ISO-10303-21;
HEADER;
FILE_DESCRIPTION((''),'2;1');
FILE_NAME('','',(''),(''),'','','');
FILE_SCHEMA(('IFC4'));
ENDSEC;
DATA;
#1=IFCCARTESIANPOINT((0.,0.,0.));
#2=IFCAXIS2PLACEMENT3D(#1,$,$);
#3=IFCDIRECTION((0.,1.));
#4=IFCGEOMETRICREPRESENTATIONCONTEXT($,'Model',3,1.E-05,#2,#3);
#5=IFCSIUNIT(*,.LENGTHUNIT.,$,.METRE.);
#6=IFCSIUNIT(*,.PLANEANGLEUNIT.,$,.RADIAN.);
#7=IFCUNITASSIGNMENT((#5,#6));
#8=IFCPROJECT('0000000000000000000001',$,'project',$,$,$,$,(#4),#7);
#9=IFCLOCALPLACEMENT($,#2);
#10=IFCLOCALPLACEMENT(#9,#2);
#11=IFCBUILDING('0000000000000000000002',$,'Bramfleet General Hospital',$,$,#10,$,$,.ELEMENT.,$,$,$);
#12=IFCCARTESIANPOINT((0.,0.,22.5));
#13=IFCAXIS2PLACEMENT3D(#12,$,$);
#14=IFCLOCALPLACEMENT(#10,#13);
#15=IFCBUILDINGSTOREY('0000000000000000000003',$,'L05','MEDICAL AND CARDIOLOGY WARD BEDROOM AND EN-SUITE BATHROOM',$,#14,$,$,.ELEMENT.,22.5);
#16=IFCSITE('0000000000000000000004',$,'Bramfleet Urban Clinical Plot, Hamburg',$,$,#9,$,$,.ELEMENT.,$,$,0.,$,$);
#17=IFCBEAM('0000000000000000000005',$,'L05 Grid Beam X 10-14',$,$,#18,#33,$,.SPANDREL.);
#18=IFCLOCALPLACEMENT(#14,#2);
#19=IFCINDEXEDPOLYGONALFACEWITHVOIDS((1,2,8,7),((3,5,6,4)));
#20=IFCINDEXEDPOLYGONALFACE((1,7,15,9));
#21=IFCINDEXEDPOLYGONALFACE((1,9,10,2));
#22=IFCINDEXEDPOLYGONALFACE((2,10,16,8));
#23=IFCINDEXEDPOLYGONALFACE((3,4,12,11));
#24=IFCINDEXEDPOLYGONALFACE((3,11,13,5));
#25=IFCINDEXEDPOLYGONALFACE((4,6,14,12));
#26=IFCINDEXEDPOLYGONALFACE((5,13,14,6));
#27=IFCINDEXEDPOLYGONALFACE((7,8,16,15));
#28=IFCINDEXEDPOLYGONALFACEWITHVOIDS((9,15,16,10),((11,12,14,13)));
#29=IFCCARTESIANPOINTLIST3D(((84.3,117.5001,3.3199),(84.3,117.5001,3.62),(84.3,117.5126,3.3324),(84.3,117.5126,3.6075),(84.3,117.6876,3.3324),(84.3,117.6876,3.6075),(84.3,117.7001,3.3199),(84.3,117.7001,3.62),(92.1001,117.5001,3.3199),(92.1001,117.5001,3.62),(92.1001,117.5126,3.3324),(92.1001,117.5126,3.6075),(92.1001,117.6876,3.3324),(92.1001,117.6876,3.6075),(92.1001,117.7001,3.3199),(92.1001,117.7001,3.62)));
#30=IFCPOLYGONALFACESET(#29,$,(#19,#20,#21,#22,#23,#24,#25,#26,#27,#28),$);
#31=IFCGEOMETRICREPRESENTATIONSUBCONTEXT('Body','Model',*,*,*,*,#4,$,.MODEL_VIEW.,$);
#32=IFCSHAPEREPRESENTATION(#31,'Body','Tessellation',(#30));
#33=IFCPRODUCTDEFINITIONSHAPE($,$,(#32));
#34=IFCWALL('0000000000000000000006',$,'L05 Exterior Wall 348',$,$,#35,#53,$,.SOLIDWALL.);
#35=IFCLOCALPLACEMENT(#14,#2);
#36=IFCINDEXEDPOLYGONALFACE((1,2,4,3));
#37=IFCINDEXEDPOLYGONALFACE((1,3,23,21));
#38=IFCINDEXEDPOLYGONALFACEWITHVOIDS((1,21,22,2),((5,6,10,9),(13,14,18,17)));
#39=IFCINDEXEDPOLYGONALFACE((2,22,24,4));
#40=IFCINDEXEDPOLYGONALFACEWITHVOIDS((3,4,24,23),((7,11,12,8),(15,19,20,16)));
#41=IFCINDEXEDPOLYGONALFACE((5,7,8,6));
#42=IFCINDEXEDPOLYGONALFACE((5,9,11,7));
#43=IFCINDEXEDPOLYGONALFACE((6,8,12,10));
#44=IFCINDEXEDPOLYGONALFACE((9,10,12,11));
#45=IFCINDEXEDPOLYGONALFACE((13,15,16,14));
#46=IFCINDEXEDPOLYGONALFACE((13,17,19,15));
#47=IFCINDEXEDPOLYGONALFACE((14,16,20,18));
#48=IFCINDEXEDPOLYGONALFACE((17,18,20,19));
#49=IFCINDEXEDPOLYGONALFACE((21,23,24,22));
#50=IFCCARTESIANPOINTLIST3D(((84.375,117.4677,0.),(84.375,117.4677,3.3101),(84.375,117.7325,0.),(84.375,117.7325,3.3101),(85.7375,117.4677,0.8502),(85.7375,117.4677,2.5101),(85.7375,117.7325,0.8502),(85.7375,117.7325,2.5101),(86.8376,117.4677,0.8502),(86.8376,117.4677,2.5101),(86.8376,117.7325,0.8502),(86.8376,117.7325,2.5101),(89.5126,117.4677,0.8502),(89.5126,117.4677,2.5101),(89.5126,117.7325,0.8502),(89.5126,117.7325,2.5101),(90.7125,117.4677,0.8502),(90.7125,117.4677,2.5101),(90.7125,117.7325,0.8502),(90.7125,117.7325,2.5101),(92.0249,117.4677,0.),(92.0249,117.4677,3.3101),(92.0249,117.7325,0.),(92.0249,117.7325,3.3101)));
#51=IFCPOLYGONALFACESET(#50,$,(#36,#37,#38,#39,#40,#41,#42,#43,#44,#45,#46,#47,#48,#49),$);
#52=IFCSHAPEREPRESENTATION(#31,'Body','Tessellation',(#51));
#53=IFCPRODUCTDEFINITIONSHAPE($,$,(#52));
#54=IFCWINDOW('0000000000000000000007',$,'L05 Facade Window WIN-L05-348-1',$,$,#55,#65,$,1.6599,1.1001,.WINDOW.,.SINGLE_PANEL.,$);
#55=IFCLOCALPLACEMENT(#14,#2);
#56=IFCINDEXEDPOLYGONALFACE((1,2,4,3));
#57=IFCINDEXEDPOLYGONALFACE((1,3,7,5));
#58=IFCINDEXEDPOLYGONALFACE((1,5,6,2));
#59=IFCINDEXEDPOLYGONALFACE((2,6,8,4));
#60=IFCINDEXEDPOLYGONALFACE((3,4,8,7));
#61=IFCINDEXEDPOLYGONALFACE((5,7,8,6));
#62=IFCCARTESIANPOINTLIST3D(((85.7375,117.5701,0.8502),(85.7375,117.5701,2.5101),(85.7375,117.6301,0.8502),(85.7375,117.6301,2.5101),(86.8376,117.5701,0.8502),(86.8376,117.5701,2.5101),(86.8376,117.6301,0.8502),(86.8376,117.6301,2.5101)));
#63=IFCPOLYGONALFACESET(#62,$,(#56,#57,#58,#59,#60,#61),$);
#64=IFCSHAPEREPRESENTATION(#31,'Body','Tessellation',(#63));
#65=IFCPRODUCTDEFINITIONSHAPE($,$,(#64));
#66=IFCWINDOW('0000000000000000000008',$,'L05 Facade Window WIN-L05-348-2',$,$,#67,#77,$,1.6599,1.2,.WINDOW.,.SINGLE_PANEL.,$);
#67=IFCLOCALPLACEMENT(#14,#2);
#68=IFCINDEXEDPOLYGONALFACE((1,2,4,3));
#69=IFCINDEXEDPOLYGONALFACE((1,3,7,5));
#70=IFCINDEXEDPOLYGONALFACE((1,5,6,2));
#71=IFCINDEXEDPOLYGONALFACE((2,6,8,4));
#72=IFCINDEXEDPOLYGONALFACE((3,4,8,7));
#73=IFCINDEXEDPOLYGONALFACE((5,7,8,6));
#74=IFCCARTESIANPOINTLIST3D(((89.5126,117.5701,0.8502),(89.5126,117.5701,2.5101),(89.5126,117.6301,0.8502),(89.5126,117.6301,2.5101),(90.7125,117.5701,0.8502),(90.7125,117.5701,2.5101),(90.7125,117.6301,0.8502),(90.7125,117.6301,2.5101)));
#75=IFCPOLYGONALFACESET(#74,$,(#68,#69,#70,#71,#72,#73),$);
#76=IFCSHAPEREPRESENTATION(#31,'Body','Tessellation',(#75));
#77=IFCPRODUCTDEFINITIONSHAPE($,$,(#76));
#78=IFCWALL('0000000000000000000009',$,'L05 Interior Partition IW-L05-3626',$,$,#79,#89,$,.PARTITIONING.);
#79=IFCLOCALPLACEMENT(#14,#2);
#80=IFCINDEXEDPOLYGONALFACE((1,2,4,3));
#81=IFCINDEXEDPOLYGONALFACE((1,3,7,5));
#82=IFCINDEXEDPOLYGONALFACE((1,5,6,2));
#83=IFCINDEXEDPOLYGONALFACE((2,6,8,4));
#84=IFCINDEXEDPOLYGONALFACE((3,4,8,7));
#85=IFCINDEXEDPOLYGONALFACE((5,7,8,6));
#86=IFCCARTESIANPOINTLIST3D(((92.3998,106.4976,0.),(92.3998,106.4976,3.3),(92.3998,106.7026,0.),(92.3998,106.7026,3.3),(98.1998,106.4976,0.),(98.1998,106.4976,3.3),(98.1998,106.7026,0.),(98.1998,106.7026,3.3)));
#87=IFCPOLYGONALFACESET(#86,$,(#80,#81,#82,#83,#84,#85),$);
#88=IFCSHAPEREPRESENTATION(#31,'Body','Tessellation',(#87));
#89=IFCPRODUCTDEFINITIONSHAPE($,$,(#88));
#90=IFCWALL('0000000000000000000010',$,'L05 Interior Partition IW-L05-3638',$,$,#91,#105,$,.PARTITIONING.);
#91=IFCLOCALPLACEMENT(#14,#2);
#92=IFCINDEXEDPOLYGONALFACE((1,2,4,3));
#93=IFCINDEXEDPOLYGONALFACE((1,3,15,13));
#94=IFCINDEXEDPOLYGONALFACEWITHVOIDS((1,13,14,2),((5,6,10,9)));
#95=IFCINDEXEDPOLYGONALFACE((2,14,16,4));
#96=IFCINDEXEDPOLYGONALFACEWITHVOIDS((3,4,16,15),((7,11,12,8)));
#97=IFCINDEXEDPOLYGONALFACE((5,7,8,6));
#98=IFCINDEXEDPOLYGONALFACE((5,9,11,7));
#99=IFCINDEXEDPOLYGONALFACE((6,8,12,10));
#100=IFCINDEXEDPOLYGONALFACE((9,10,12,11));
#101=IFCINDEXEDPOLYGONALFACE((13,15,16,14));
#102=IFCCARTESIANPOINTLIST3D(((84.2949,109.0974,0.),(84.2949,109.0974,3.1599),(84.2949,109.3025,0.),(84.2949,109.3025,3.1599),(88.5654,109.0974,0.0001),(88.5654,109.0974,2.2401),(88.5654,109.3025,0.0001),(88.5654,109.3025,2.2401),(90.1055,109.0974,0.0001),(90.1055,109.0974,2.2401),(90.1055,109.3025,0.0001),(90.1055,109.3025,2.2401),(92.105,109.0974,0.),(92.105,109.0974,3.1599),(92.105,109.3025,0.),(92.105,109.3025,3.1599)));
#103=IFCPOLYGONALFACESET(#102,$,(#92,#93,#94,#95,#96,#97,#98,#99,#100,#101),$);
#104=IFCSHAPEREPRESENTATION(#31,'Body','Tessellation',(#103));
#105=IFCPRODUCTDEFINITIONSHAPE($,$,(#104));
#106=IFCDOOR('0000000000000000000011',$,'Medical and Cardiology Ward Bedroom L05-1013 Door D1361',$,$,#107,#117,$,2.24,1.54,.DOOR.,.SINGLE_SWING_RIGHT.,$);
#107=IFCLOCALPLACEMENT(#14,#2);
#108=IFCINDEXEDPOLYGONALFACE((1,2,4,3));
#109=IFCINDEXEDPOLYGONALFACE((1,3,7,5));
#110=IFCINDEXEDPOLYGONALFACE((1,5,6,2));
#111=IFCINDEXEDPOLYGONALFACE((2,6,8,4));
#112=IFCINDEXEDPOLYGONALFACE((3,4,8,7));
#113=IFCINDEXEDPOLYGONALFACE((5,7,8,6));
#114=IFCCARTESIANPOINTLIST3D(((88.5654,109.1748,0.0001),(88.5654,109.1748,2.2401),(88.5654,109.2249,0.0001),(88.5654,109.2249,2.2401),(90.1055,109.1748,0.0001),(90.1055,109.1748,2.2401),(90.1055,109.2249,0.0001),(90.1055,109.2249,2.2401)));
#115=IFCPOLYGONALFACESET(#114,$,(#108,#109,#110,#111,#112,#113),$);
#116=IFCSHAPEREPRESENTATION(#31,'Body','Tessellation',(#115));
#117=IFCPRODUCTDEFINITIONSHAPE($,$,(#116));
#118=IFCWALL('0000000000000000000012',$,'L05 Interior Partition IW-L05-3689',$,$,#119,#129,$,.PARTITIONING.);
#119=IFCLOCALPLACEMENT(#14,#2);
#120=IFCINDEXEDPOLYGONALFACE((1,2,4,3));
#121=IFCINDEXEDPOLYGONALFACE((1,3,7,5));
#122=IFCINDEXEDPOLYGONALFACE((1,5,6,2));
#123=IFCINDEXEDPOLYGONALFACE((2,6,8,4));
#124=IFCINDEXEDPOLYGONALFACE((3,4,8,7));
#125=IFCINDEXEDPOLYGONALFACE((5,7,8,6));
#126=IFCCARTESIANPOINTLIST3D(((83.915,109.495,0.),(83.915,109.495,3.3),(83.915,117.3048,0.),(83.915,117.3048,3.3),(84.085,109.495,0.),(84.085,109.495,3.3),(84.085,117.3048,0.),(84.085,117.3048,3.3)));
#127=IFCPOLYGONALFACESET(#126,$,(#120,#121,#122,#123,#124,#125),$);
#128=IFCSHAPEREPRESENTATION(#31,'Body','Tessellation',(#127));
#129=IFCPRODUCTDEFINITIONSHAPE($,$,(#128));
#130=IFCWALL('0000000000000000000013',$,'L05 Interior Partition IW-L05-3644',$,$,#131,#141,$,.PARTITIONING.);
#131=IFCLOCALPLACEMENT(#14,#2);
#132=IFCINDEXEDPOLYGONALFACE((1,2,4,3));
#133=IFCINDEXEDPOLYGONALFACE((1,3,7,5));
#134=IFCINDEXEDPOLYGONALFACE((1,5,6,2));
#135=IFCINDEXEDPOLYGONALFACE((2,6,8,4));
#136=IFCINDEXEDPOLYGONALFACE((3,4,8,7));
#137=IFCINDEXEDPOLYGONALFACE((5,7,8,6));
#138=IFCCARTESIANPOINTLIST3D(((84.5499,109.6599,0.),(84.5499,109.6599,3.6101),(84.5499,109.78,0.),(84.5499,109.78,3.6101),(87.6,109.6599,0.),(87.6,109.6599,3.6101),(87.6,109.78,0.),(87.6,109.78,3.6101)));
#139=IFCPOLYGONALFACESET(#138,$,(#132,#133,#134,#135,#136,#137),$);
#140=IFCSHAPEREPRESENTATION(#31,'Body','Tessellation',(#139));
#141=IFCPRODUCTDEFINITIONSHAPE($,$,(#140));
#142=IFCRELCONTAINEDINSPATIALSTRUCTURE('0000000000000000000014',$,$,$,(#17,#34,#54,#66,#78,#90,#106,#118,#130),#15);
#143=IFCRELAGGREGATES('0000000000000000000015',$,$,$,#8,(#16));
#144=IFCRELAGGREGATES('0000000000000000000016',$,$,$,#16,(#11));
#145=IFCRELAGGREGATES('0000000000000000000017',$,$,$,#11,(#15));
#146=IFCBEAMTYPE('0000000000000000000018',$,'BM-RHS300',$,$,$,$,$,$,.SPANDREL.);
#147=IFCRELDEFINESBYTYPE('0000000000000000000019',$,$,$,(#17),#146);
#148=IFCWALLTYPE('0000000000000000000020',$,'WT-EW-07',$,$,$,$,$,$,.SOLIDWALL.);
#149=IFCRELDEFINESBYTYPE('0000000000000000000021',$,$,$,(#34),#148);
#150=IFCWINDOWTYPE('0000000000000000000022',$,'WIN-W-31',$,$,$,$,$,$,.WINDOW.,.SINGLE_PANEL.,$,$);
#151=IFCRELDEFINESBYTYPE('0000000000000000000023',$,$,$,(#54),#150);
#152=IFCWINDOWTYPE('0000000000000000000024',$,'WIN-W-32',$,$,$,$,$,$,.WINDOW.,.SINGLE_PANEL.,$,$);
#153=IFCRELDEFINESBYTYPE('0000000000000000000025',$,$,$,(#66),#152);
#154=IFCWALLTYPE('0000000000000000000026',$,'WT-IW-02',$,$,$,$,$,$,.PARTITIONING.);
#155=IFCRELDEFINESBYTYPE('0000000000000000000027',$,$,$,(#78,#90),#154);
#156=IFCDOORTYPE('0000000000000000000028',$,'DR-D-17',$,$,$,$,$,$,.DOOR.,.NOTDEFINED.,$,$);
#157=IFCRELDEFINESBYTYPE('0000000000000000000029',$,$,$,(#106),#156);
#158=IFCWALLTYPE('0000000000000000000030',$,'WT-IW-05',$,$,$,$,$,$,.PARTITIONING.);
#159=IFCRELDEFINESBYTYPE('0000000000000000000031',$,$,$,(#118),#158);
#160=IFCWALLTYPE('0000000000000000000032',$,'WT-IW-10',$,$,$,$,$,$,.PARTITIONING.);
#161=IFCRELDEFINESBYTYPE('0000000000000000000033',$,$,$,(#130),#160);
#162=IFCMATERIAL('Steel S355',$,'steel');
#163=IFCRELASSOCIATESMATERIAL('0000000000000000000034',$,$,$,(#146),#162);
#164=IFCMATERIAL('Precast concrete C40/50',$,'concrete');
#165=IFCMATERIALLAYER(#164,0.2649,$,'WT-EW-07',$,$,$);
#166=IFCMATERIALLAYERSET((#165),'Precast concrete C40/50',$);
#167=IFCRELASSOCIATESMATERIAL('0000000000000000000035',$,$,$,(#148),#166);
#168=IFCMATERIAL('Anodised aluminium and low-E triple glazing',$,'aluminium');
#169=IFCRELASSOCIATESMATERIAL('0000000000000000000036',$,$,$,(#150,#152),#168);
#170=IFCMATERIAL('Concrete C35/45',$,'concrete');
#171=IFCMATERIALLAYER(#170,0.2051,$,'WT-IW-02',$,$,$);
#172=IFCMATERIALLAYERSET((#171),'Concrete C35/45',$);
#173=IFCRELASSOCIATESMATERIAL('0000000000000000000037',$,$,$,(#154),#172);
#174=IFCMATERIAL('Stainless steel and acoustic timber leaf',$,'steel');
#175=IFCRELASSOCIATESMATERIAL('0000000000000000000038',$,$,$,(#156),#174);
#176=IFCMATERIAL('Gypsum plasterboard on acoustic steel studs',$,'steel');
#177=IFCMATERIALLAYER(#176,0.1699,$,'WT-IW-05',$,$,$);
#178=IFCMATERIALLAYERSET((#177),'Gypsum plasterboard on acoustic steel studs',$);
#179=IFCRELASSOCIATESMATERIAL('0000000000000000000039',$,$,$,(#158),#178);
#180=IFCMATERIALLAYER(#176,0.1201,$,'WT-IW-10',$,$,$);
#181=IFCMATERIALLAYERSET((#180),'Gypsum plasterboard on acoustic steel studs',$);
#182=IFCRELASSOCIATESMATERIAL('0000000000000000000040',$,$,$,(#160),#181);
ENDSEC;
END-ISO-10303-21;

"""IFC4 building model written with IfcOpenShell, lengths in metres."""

from ifc_helpers import new_model, si_unit, direction, frame, frame_2d, origin, origin_2d, place, context, subcontext, project, spatial, rectangle, hollow_rectangle, extrude, material, layer, layer_set, material_profile, profile_set, type_object, element, fill, save


model = new_model("IFC4")

# Units and contexts
model_context = context("Model", 3, precision=1e-05, world=origin(), true_north=direction((0.0, 1.0)))
body_context = subcontext(model_context, "Body", "Model", "MODEL_VIEW")
ifc_project = project(units=[si_unit("LENGTHUNIT", "METRE"), si_unit("PLANEANGLEUNIT", "RADIAN")], contexts=[model_context])

# Site, building, storey
site_placement = place(None, origin())
site = spatial("IfcSite", under=ifc_project, at=site_placement, Name="Bramfleet Urban Clinical Plot, Hamburg", CompositionType="ELEMENT", RefElevation=0.0)
building_placement = place(site_placement, origin())
building = spatial("IfcBuilding", under=site, at=building_placement, Name="Bramfleet General Hospital", CompositionType="ELEMENT")
storey_placement = place(building_placement, frame((0.0, 0.0, 22.5)))
storey = spatial("IfcBuildingStorey", under=building, at=storey_placement, Name="L05", Description="MEDICAL AND CARDIOLOGY WARD BEDROOM AND EN-SUITE BATHROOM", CompositionType="ELEMENT", Elevation=22.5)

# Beam
ifc_material_1 = material(Name="Steel S355", Category="steel")
ifc_material_profile_1 = material_profile(ifc_material_1, hollow_rectangle(XDim=0.2, YDim=0.3, WallThickness=0.0125, at=origin_2d()), Name="RHS 300x200x12.5")
ifc_profile_set_1 = profile_set([ifc_material_profile_1], Name="Steel S355")
beam_type_1 = type_object("IfcBeamType", Name="BM-RHS300", PredefinedType="SPANDREL", material=ifc_profile_set_1)
beam_1_placement = place(storey_placement, frame((84.3, 117.6001, 3.47), z_axis=(1.0, 0.0, 0.0), x_axis=(0.0, 1.0, 0.0)))
element("IfcBeam", 1, at=beam_1_placement, inside=storey, type_object=beam_type_1, Name="L05 Grid Beam X 10-14", PredefinedType="SPANDREL", context=body_context, shape_type="SweptSolid", body=[
    extrude(hollow_rectangle(XDim=0.2, YDim=0.3, WallThickness=0.0125, at=origin_2d()), origin(), (0.0, 0.0, 1.0), 7.8),
])

# Wall, openings, windows
ifc_material_2 = material(Name="Precast concrete C40/50", Category="concrete")
ifc_layer_1 = layer(ifc_material_2, 0.2649, Name="WT-EW-07")
ifc_layer_set_1 = layer_set([ifc_layer_1], Name="Precast concrete C40/50")
wall_type_1 = type_object("IfcWallType", Name="WT-EW-07", PredefinedType="SOLIDWALL", material=ifc_layer_set_1)
wall_1_placement = place(storey_placement, frame((84.375, 117.6001, 0.0), z_axis=(0.0, 0.0, 1.0), x_axis=(1.0, 0.0, 0.0)))
wall_1 = element("IfcWall", 2, at=wall_1_placement, inside=storey, type_object=wall_type_1, Name="L05 Exterior Wall 348", PredefinedType="SOLIDWALL", context=body_context, shape_type="SweptSolid", body=[
    extrude(rectangle(XDim=7.6499, YDim=0.2649, at=frame_2d((3.825, 0.0))), origin(), (0.0, 0.0, 1.0), 3.3101),
])
opening_1_placement = place(wall_1_placement, frame((1.3625, 0.0, 0.8501)))
opening_1 = element("IfcOpeningElement", 3, at=opening_1_placement, cuts=wall_1, PredefinedType="OPENING", context=body_context, shape_type="SweptSolid", body=[
    extrude(rectangle(XDim=1.1001, YDim=1.6599, at=frame_2d((0.55, 0.8301))), frame((0.0, 0.1423, 0.0), z_axis=(0.0, -1.0, 0.0), x_axis=(1.0, 0.0, 0.0)), (0.0, 0.0, 1.0), 0.2849),
])
opening_2_placement = place(wall_1_placement, frame((5.1375, 0.0, 0.8501)))
opening_2 = element("IfcOpeningElement", 4, at=opening_2_placement, cuts=wall_1, PredefinedType="OPENING", context=body_context, shape_type="SweptSolid", body=[
    extrude(rectangle(XDim=1.2, YDim=1.6599, at=frame_2d((0.6001, 0.8301))), frame((0.0, 0.1423, 0.0), z_axis=(0.0, -1.0, 0.0), x_axis=(1.0, 0.0, 0.0)), (0.0, 0.0, 1.0), 0.2849),
])
ifc_material_3 = material(Name="Anodised aluminium and low-E triple glazing", Category="aluminium")
window_type_1 = type_object("IfcWindowType", Name="WIN-W-31", PartitioningType="SINGLE_PANEL", PredefinedType="WINDOW", material=ifc_material_3)
window_1_placement = place(opening_1_placement, origin())
window_1 = element("IfcWindow", 5, at=window_1_placement, inside=storey, type_object=window_type_1, Name="L05 Facade Window WIN-L05-348-1", OverallHeight=1.6599, OverallWidth=1.1001, PartitioningType="SINGLE_PANEL", PredefinedType="WINDOW", context=body_context, shape_type="SweptSolid", body=[
    extrude(rectangle(XDim=1.1001, YDim=1.6599, at=frame_2d((0.55, 0.8301))), frame((0.0, 0.03, 0.0), z_axis=(0.0, -1.0, 0.0), x_axis=(1.0, 0.0, 0.0)), (0.0, 0.0, 1.0), 0.0601),
])
fill(opening_1, window_1)
window_type_2 = type_object("IfcWindowType", Name="WIN-W-32", PartitioningType="SINGLE_PANEL", PredefinedType="WINDOW", material=ifc_material_3)
window_2_placement = place(opening_2_placement, origin())
window_2 = element("IfcWindow", 6, at=window_2_placement, inside=storey, type_object=window_type_2, Name="L05 Facade Window WIN-L05-348-2", OverallHeight=1.6599, OverallWidth=1.2, PartitioningType="SINGLE_PANEL", PredefinedType="WINDOW", context=body_context, shape_type="SweptSolid", body=[
    extrude(rectangle(XDim=1.2, YDim=1.6599, at=frame_2d((0.6001, 0.8301))), frame((0.0, 0.03, 0.0), z_axis=(0.0, -1.0, 0.0), x_axis=(1.0, 0.0, 0.0)), (0.0, 0.0, 1.0), 0.0601),
])
fill(opening_2, window_2)

# Wall
ifc_material_4 = material(Name="Concrete C35/45", Category="concrete")
ifc_layer_2 = layer(ifc_material_4, 0.2051, Name="WT-IW-02")
ifc_layer_set_2 = layer_set([ifc_layer_2], Name="Concrete C35/45")
wall_type_2 = type_object("IfcWallType", Name="WT-IW-02", PredefinedType="PARTITIONING", material=ifc_layer_set_2)
wall_2_placement = place(storey_placement, frame((92.3999, 106.6001, 0.0), z_axis=(0.0, 0.0, 1.0), x_axis=(1.0, 0.0, 0.0)))
element("IfcWall", 7, at=wall_2_placement, inside=storey, type_object=wall_type_2, Name="L05 Interior Partition IW-L05-3626", PredefinedType="PARTITIONING", context=body_context, shape_type="SweptSolid", body=[
    extrude(rectangle(XDim=5.8, YDim=0.2051, at=frame_2d((2.8999, 0.0))), origin(), (0.0, 0.0, 1.0), 3.3),
])

# Wall, opening, door
wall_3_placement = place(storey_placement, frame((84.2949, 109.2, 0.0), z_axis=(0.0, 0.0, 1.0), x_axis=(1.0, 0.0, 0.0)))
wall_3 = element("IfcWall", 8, at=wall_3_placement, inside=storey, type_object=wall_type_2, Name="L05 Interior Partition IW-L05-3638", PredefinedType="PARTITIONING", context=body_context, shape_type="SweptSolid", body=[
    extrude(rectangle(XDim=7.8101, YDim=0.2051, at=frame_2d((3.905, 0.0))), origin(), (0.0, 0.0, 1.0), 3.1599),
])
opening_3_placement = place(wall_3_placement, frame((4.2705, 0.0, 0.0)))
opening_3 = element("IfcOpeningElement", 9, at=opening_3_placement, cuts=wall_3, PredefinedType="OPENING", context=body_context, shape_type="SweptSolid", body=[
    extrude(rectangle(XDim=1.54, YDim=2.24, at=frame_2d((0.77, 1.1201))), frame((0.0, 0.1125, 0.0), z_axis=(0.0, -1.0, 0.0), x_axis=(1.0, 0.0, 0.0)), (0.0, 0.0, 1.0), 0.2251),
])
ifc_material_5 = material(Name="Stainless steel and acoustic timber leaf", Category="steel")
door_type_1 = type_object("IfcDoorType", Name="DR-D-17", OperationType="NOTDEFINED", PredefinedType="DOOR", material=ifc_material_5)
door_1_placement = place(opening_3_placement, origin())
door_1 = element("IfcDoor", 10, at=door_1_placement, inside=storey, type_object=door_type_1, Name="Medical and Cardiology Ward Bedroom L05-1013 Door D1361", OperationType="SINGLE_SWING_RIGHT", OverallHeight=2.24, OverallWidth=1.54, PredefinedType="DOOR", context=body_context, shape_type="SweptSolid", body=[
    extrude(rectangle(XDim=1.54, YDim=2.24, at=frame_2d((0.77, 1.1201))), frame((0.0, 0.0249, 0.0), z_axis=(0.0, -1.0, 0.0), x_axis=(1.0, 0.0, 0.0)), (0.0, 0.0, 1.0), 0.05),
])
fill(opening_3, door_1)

# Walls
ifc_material_6 = material(Name="Gypsum plasterboard on acoustic steel studs", Category="steel")
ifc_layer_3 = layer(ifc_material_6, 0.1699, Name="WT-IW-05")
ifc_layer_set_3 = layer_set([ifc_layer_3], Name="Gypsum plasterboard on acoustic steel studs")
wall_type_3 = type_object("IfcWallType", Name="WT-IW-05", PredefinedType="PARTITIONING", material=ifc_layer_set_3)
wall_4_placement = place(storey_placement, frame((84.0, 109.4951, 0.0), z_axis=(0.0, 0.0, 1.0), x_axis=(0.0, 1.0, 0.0)))
element("IfcWall", 11, at=wall_4_placement, inside=storey, type_object=wall_type_3, Name="L05 Interior Partition IW-L05-3689", PredefinedType="PARTITIONING", context=body_context, shape_type="SweptSolid", body=[
    extrude(rectangle(XDim=7.8098, YDim=0.1699, at=frame_2d((3.9048, 0.0))), origin(), (0.0, 0.0, 1.0), 3.3),
])
ifc_layer_4 = layer(ifc_material_6, 0.1201, Name="WT-IW-10")
ifc_layer_set_4 = layer_set([ifc_layer_4], Name="Gypsum plasterboard on acoustic steel studs")
wall_type_4 = type_object("IfcWallType", Name="WT-IW-10", PredefinedType="PARTITIONING", material=ifc_layer_set_4)
wall_5_placement = place(storey_placement, frame((84.55, 109.72, 0.0), z_axis=(0.0, 0.0, 1.0), x_axis=(1.0, 0.0, 0.0)))
element("IfcWall", 12, at=wall_5_placement, inside=storey, type_object=wall_type_4, Name="L05 Interior Partition IW-L05-3644", PredefinedType="PARTITIONING", context=body_context, shape_type="SweptSolid", body=[
    extrude(rectangle(XDim=3.05, YDim=0.1201, at=frame_2d((1.5249, 0.0))), origin(), (0.0, 0.0, 1.0), 3.6101),
])

save(model, "model.ifc")
